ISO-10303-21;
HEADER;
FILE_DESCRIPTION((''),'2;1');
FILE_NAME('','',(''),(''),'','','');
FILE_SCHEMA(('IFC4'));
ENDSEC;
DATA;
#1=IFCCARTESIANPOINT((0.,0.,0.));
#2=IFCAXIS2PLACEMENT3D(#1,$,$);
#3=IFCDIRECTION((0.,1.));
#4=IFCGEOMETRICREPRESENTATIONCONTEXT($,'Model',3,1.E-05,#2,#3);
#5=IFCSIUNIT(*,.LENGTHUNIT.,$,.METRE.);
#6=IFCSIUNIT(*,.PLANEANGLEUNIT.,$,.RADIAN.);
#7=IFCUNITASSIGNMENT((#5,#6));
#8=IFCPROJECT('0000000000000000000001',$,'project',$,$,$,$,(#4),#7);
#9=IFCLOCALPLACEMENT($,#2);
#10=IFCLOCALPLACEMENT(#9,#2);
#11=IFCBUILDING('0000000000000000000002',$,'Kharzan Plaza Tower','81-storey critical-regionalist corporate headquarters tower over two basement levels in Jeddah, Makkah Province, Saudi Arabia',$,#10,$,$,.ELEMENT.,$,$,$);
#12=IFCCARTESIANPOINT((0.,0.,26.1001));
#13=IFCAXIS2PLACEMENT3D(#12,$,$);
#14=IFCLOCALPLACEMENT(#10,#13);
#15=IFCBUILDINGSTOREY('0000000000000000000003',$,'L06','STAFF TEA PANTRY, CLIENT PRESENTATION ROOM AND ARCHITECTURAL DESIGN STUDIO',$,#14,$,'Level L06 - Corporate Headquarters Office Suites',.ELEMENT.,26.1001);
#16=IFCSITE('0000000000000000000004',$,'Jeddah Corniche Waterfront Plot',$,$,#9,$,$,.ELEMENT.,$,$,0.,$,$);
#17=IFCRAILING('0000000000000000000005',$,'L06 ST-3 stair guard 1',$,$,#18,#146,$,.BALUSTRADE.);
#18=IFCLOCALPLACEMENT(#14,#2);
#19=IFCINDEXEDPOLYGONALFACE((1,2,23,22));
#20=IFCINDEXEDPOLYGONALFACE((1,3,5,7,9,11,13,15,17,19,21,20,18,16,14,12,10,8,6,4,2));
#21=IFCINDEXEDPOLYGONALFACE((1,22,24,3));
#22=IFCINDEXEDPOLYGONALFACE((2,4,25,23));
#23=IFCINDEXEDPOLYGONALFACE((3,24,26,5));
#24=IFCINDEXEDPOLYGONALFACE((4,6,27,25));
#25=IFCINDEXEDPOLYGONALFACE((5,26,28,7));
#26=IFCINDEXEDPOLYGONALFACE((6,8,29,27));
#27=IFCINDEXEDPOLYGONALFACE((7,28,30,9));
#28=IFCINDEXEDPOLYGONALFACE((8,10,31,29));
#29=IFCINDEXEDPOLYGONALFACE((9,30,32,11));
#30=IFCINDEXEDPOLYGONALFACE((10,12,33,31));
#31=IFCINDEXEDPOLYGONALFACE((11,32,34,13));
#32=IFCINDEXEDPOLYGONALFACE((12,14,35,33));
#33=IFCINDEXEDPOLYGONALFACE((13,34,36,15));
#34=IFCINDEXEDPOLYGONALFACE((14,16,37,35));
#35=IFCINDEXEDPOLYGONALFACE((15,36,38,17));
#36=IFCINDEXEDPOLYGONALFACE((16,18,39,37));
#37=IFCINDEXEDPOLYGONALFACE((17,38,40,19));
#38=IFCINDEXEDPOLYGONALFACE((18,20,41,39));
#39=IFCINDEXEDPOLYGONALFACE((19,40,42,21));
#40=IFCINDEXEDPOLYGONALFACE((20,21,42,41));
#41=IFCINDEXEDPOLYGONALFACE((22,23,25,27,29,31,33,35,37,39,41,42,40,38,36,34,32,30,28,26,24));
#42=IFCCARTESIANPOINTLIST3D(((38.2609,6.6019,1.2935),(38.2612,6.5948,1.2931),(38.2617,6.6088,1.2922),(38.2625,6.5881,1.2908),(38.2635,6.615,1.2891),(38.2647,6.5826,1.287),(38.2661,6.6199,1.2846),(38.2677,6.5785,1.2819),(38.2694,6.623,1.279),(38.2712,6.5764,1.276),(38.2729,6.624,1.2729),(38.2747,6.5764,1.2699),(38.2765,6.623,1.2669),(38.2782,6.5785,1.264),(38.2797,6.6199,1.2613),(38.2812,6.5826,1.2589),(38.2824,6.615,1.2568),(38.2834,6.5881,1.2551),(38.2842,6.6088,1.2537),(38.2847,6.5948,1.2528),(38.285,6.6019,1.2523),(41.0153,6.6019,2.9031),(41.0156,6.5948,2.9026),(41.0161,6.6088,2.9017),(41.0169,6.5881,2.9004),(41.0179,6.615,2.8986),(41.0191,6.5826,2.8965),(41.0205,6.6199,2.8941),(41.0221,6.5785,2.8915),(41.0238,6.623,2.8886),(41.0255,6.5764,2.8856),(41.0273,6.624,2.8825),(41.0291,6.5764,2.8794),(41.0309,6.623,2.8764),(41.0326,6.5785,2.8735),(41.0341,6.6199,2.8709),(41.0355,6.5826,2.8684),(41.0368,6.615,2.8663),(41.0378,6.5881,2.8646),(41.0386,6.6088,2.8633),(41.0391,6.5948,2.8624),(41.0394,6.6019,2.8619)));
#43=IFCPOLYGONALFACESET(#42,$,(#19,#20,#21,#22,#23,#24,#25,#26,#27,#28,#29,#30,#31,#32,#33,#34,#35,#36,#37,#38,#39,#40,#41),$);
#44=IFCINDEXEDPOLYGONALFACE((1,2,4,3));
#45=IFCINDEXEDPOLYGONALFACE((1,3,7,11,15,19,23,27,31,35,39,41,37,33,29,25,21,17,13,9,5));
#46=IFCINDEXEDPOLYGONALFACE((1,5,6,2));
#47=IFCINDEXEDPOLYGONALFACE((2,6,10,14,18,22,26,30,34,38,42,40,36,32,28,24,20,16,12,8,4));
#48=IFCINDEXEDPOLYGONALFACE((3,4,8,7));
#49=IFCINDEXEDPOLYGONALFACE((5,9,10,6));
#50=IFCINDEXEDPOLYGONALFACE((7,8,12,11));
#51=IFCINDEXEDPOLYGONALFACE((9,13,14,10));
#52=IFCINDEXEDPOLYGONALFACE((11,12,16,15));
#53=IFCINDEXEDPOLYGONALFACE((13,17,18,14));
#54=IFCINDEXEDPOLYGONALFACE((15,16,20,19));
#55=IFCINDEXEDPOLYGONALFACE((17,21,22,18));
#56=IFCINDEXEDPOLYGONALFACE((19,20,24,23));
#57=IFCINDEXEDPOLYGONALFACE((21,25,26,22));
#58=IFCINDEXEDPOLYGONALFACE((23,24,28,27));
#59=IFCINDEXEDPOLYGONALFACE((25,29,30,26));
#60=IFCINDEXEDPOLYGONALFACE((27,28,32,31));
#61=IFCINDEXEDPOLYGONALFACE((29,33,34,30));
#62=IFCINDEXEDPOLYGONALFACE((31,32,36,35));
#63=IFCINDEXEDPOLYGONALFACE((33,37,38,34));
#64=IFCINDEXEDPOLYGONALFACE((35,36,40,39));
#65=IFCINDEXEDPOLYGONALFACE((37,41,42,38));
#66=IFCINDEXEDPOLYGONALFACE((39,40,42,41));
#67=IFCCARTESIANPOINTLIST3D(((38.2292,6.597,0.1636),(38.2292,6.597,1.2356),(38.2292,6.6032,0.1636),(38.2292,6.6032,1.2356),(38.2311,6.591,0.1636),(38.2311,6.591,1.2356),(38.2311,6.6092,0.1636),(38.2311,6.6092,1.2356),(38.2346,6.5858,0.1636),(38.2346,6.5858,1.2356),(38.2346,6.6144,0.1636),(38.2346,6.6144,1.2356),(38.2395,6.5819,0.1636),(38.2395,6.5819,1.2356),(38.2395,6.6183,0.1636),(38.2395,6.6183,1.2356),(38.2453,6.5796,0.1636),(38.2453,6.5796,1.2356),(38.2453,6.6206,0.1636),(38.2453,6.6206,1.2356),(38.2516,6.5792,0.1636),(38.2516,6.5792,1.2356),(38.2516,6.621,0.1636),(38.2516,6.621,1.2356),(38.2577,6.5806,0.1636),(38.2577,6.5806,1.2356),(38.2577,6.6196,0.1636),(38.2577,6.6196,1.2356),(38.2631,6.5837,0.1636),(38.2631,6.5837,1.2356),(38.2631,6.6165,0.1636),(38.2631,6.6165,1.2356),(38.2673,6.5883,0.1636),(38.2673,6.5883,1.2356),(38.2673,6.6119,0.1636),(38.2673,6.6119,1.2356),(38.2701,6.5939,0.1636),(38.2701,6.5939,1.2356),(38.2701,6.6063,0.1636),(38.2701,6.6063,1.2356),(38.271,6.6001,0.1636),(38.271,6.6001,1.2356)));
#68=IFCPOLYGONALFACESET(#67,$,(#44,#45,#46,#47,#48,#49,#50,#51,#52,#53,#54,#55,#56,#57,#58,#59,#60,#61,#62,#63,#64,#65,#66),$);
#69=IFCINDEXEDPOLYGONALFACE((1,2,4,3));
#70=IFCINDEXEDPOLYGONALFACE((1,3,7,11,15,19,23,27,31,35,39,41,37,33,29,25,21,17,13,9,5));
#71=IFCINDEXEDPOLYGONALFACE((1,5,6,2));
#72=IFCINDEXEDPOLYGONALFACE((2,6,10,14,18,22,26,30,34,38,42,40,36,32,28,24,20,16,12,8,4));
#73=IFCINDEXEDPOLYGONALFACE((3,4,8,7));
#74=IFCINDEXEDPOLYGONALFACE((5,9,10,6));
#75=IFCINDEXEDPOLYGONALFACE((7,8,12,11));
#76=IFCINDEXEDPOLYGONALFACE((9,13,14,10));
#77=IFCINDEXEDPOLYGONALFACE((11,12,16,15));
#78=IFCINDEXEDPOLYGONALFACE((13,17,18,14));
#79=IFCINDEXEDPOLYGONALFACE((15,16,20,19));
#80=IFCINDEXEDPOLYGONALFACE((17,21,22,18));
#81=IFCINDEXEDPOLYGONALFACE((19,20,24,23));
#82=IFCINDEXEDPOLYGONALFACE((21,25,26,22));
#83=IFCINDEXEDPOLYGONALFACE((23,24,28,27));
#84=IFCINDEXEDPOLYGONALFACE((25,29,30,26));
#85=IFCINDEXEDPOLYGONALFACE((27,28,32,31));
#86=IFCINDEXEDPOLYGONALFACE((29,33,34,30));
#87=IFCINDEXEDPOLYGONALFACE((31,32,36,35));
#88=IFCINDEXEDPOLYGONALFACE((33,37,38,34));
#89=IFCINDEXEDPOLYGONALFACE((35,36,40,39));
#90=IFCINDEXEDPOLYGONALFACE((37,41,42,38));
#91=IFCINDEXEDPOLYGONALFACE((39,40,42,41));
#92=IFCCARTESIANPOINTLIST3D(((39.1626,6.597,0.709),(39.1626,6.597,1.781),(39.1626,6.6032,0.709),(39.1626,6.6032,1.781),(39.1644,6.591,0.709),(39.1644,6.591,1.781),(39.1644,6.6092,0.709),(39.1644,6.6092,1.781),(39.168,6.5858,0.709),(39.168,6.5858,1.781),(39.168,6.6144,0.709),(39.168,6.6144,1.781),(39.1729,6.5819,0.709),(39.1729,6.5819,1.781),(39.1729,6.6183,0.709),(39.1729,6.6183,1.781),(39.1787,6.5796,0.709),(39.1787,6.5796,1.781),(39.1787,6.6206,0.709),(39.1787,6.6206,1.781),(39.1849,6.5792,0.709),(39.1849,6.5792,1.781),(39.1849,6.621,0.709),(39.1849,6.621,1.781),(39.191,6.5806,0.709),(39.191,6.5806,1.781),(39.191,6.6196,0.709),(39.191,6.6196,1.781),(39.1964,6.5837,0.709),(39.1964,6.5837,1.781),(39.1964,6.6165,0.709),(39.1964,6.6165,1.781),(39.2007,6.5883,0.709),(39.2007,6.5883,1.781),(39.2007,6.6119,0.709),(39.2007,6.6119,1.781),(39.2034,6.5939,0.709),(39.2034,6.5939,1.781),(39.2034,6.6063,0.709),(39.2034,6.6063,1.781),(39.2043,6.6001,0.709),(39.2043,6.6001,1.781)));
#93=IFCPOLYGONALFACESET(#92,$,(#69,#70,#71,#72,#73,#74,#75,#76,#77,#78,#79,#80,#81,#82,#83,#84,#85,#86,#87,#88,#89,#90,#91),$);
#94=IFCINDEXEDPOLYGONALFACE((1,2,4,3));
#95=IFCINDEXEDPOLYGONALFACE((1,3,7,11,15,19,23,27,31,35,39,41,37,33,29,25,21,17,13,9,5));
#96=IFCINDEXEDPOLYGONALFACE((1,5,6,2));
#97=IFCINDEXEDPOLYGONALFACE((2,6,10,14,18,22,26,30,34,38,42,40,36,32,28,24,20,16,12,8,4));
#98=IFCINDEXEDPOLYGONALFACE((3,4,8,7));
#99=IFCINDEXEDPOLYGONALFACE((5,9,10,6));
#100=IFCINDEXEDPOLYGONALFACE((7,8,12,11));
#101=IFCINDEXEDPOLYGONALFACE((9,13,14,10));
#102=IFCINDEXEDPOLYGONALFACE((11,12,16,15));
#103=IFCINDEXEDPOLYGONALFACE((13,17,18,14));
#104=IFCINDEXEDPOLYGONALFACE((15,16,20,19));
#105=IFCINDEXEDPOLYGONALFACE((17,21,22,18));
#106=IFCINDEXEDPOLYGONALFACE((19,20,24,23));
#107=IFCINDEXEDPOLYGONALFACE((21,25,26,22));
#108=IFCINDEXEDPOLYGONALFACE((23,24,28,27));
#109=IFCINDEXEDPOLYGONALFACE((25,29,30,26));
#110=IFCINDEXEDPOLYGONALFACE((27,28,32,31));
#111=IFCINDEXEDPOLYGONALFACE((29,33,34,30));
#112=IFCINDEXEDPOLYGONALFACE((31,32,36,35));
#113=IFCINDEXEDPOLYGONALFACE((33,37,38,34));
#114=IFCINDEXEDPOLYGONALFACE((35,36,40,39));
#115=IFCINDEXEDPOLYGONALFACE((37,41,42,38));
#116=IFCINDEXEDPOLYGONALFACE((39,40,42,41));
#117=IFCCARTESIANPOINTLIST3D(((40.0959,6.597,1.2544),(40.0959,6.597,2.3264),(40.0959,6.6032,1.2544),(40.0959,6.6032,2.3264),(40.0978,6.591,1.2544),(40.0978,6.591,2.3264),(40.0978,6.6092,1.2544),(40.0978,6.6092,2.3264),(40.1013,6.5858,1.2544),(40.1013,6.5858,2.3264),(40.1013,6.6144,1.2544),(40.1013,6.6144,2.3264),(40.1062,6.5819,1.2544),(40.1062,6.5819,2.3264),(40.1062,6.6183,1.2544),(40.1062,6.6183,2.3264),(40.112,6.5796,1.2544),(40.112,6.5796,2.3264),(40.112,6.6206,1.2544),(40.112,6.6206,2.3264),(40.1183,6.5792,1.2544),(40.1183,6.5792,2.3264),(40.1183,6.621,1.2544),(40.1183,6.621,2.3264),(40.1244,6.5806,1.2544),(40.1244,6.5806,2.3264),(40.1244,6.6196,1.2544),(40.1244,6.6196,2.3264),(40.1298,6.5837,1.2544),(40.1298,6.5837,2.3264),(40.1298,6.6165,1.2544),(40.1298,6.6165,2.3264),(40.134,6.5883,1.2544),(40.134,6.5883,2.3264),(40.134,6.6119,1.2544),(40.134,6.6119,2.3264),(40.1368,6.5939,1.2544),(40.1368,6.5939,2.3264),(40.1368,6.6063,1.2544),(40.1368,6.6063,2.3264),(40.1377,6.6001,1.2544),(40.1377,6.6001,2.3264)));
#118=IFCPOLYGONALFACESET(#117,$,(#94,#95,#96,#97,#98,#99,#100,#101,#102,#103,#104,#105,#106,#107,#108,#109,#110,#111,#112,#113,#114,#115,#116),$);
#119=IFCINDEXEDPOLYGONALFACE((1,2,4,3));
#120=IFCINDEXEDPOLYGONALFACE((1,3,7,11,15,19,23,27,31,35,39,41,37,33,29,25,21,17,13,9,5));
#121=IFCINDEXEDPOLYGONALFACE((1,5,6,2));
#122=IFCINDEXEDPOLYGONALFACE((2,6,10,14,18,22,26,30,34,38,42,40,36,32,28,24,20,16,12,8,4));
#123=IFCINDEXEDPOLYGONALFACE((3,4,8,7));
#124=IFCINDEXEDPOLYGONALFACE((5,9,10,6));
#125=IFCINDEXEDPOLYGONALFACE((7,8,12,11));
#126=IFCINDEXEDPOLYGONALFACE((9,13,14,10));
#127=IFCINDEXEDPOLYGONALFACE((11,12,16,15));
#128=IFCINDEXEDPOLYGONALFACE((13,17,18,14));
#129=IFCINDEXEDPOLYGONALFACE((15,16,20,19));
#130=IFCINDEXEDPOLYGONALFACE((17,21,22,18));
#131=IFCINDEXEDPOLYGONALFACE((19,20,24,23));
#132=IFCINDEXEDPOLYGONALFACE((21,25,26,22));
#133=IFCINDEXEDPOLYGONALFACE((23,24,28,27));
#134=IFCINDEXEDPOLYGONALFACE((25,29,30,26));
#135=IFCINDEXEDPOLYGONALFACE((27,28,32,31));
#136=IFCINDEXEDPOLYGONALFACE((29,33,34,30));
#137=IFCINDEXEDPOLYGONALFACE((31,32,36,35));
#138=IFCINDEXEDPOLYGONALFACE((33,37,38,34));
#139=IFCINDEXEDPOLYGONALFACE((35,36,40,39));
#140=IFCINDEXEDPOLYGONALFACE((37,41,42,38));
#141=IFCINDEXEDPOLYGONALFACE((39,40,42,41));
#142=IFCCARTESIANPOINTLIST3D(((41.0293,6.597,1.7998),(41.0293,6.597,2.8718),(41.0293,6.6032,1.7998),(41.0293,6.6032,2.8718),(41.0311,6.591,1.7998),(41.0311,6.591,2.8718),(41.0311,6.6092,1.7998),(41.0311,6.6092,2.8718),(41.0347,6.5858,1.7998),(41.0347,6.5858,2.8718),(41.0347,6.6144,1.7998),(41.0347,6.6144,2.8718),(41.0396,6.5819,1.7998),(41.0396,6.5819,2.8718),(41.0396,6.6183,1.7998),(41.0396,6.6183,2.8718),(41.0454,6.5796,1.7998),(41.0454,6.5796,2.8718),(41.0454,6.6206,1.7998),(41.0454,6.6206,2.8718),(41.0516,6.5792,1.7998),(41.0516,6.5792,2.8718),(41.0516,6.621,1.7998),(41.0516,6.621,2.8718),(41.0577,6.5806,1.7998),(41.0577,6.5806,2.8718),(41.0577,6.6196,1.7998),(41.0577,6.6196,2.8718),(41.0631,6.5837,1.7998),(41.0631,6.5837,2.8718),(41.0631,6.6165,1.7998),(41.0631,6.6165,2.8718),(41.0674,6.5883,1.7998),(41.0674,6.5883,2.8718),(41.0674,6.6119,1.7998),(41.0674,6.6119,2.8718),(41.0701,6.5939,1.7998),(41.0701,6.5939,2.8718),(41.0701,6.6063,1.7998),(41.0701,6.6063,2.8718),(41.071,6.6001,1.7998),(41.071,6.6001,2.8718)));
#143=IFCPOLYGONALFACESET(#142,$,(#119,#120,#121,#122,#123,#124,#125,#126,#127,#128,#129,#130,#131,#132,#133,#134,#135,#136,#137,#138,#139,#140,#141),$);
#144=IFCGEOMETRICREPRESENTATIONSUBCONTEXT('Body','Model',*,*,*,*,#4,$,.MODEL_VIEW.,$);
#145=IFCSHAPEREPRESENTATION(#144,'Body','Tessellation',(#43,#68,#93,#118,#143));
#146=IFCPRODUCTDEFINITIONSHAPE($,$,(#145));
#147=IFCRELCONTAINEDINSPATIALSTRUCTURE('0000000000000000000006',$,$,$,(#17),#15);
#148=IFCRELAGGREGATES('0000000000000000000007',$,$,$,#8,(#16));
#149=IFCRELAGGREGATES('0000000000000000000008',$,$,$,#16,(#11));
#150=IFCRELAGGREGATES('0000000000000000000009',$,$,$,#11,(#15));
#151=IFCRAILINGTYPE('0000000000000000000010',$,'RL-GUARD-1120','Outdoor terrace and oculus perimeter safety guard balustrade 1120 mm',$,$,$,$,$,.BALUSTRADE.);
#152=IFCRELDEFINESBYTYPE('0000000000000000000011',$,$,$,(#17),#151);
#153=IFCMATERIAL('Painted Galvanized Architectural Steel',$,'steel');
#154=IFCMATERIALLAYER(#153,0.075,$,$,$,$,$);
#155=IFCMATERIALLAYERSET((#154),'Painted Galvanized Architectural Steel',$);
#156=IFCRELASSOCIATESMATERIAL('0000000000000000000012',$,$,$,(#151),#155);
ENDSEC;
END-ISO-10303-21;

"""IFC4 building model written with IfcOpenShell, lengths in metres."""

from ifc_helpers import new_model, si_unit, direction, frame, origin, origin_2d, place, context, subcontext, project, spatial, circle, extrude, source, transform, mapped, material, layer, layer_set, type_object, element, save


model = new_model("IFC4")

# Units and contexts
model_context = context("Model", 3, precision=1e-05, world=origin(), true_north=direction((0.0, 1.0)))
body_context = subcontext(model_context, "Body", "Model", "MODEL_VIEW")
ifc_project = project(units=[si_unit("LENGTHUNIT", "METRE"), si_unit("PLANEANGLEUNIT", "RADIAN")], contexts=[model_context])

# Site, building, storey
site_placement = place(None, origin())
site = spatial("IfcSite", under=ifc_project, at=site_placement, Name="Jeddah Corniche Waterfront Plot", CompositionType="ELEMENT", RefElevation=0.0)
building_placement = place(site_placement, origin())
building = spatial("IfcBuilding", under=site, at=building_placement, Name="Kharzan Plaza Tower", Description="81-storey critical-regionalist corporate headquarters tower over two basement levels in Jeddah, Makkah Province, Saudi Arabia", CompositionType="ELEMENT")
storey_placement = place(building_placement, frame((0.0, 0.0, 26.1001)))
storey = spatial("IfcBuildingStorey", under=building, at=storey_placement, Name="L06", Description="STAFF TEA PANTRY, CLIENT PRESENTATION ROOM AND ARCHITECTURAL DESIGN STUDIO", LongName="Level L06 - Corporate Headquarters Office Suites", CompositionType="ELEMENT", Elevation=26.1001)

# Railing
ifc_material_1 = material(Name="Painted Galvanized Architectural Steel", Category="steel")
ifc_layer_1 = layer(ifc_material_1, 0.075)
ifc_layer_set_1 = layer_set([ifc_layer_1], Name="Painted Galvanized Architectural Steel")
railing_type_1 = type_object("IfcRailingType", Name="RL-GUARD-1120", Description="Outdoor terrace and oculus perimeter safety guard balustrade 1120 mm", PredefinedType="BALUSTRADE", material=ifc_layer_set_1)
shared_shape_1 = source(origin(), body_context, "Body", "SweptSolid", [
    extrude(circle(Radius=0.0239, at=origin_2d()), frame((0.0229, 0.0, 1.1094), z_axis=(0.863394, 0.0, 0.504531), x_axis=(0.0, 1.0, 0.0)), (0.0, 0.0, 1.0), 3.1902),
    extrude(circle(Radius=0.021, at=origin_2d()), origin(), (0.0, 0.0, 1.0), 1.072),
    extrude(circle(Radius=0.021, at=origin_2d()), frame((0.9333, 0.0, 0.5454)), (0.0, 0.0, 1.0), 1.072),
    extrude(circle(Radius=0.021, at=origin_2d()), frame((1.8667, 0.0, 1.0908)), (0.0, 0.0, 1.0), 1.072),
    extrude(circle(Radius=0.021, at=origin_2d()), frame((2.8, 0.0, 1.6362)), (0.0, 0.0, 1.0), 1.072),
])
railing_1_placement = place(storey_placement, frame((38.25, 6.6001, 0.1636)))
element("IfcRailing", 1, at=railing_1_placement, inside=storey, type_object=railing_type_1, Name="L06 ST-3 stair guard 1", PredefinedType="BALUSTRADE", context=body_context, shape_type="MappedRepresentation", body=[
    mapped(shared_shape_1, transform((0.0, 0.0, 0.0), x_axis=(1.0, 0.0, 0.0), y_axis=(0.0, 1.0, 0.0), z_axis=(0.0, 0.0, 1.0))),
])

save(model, "model.ifc")
